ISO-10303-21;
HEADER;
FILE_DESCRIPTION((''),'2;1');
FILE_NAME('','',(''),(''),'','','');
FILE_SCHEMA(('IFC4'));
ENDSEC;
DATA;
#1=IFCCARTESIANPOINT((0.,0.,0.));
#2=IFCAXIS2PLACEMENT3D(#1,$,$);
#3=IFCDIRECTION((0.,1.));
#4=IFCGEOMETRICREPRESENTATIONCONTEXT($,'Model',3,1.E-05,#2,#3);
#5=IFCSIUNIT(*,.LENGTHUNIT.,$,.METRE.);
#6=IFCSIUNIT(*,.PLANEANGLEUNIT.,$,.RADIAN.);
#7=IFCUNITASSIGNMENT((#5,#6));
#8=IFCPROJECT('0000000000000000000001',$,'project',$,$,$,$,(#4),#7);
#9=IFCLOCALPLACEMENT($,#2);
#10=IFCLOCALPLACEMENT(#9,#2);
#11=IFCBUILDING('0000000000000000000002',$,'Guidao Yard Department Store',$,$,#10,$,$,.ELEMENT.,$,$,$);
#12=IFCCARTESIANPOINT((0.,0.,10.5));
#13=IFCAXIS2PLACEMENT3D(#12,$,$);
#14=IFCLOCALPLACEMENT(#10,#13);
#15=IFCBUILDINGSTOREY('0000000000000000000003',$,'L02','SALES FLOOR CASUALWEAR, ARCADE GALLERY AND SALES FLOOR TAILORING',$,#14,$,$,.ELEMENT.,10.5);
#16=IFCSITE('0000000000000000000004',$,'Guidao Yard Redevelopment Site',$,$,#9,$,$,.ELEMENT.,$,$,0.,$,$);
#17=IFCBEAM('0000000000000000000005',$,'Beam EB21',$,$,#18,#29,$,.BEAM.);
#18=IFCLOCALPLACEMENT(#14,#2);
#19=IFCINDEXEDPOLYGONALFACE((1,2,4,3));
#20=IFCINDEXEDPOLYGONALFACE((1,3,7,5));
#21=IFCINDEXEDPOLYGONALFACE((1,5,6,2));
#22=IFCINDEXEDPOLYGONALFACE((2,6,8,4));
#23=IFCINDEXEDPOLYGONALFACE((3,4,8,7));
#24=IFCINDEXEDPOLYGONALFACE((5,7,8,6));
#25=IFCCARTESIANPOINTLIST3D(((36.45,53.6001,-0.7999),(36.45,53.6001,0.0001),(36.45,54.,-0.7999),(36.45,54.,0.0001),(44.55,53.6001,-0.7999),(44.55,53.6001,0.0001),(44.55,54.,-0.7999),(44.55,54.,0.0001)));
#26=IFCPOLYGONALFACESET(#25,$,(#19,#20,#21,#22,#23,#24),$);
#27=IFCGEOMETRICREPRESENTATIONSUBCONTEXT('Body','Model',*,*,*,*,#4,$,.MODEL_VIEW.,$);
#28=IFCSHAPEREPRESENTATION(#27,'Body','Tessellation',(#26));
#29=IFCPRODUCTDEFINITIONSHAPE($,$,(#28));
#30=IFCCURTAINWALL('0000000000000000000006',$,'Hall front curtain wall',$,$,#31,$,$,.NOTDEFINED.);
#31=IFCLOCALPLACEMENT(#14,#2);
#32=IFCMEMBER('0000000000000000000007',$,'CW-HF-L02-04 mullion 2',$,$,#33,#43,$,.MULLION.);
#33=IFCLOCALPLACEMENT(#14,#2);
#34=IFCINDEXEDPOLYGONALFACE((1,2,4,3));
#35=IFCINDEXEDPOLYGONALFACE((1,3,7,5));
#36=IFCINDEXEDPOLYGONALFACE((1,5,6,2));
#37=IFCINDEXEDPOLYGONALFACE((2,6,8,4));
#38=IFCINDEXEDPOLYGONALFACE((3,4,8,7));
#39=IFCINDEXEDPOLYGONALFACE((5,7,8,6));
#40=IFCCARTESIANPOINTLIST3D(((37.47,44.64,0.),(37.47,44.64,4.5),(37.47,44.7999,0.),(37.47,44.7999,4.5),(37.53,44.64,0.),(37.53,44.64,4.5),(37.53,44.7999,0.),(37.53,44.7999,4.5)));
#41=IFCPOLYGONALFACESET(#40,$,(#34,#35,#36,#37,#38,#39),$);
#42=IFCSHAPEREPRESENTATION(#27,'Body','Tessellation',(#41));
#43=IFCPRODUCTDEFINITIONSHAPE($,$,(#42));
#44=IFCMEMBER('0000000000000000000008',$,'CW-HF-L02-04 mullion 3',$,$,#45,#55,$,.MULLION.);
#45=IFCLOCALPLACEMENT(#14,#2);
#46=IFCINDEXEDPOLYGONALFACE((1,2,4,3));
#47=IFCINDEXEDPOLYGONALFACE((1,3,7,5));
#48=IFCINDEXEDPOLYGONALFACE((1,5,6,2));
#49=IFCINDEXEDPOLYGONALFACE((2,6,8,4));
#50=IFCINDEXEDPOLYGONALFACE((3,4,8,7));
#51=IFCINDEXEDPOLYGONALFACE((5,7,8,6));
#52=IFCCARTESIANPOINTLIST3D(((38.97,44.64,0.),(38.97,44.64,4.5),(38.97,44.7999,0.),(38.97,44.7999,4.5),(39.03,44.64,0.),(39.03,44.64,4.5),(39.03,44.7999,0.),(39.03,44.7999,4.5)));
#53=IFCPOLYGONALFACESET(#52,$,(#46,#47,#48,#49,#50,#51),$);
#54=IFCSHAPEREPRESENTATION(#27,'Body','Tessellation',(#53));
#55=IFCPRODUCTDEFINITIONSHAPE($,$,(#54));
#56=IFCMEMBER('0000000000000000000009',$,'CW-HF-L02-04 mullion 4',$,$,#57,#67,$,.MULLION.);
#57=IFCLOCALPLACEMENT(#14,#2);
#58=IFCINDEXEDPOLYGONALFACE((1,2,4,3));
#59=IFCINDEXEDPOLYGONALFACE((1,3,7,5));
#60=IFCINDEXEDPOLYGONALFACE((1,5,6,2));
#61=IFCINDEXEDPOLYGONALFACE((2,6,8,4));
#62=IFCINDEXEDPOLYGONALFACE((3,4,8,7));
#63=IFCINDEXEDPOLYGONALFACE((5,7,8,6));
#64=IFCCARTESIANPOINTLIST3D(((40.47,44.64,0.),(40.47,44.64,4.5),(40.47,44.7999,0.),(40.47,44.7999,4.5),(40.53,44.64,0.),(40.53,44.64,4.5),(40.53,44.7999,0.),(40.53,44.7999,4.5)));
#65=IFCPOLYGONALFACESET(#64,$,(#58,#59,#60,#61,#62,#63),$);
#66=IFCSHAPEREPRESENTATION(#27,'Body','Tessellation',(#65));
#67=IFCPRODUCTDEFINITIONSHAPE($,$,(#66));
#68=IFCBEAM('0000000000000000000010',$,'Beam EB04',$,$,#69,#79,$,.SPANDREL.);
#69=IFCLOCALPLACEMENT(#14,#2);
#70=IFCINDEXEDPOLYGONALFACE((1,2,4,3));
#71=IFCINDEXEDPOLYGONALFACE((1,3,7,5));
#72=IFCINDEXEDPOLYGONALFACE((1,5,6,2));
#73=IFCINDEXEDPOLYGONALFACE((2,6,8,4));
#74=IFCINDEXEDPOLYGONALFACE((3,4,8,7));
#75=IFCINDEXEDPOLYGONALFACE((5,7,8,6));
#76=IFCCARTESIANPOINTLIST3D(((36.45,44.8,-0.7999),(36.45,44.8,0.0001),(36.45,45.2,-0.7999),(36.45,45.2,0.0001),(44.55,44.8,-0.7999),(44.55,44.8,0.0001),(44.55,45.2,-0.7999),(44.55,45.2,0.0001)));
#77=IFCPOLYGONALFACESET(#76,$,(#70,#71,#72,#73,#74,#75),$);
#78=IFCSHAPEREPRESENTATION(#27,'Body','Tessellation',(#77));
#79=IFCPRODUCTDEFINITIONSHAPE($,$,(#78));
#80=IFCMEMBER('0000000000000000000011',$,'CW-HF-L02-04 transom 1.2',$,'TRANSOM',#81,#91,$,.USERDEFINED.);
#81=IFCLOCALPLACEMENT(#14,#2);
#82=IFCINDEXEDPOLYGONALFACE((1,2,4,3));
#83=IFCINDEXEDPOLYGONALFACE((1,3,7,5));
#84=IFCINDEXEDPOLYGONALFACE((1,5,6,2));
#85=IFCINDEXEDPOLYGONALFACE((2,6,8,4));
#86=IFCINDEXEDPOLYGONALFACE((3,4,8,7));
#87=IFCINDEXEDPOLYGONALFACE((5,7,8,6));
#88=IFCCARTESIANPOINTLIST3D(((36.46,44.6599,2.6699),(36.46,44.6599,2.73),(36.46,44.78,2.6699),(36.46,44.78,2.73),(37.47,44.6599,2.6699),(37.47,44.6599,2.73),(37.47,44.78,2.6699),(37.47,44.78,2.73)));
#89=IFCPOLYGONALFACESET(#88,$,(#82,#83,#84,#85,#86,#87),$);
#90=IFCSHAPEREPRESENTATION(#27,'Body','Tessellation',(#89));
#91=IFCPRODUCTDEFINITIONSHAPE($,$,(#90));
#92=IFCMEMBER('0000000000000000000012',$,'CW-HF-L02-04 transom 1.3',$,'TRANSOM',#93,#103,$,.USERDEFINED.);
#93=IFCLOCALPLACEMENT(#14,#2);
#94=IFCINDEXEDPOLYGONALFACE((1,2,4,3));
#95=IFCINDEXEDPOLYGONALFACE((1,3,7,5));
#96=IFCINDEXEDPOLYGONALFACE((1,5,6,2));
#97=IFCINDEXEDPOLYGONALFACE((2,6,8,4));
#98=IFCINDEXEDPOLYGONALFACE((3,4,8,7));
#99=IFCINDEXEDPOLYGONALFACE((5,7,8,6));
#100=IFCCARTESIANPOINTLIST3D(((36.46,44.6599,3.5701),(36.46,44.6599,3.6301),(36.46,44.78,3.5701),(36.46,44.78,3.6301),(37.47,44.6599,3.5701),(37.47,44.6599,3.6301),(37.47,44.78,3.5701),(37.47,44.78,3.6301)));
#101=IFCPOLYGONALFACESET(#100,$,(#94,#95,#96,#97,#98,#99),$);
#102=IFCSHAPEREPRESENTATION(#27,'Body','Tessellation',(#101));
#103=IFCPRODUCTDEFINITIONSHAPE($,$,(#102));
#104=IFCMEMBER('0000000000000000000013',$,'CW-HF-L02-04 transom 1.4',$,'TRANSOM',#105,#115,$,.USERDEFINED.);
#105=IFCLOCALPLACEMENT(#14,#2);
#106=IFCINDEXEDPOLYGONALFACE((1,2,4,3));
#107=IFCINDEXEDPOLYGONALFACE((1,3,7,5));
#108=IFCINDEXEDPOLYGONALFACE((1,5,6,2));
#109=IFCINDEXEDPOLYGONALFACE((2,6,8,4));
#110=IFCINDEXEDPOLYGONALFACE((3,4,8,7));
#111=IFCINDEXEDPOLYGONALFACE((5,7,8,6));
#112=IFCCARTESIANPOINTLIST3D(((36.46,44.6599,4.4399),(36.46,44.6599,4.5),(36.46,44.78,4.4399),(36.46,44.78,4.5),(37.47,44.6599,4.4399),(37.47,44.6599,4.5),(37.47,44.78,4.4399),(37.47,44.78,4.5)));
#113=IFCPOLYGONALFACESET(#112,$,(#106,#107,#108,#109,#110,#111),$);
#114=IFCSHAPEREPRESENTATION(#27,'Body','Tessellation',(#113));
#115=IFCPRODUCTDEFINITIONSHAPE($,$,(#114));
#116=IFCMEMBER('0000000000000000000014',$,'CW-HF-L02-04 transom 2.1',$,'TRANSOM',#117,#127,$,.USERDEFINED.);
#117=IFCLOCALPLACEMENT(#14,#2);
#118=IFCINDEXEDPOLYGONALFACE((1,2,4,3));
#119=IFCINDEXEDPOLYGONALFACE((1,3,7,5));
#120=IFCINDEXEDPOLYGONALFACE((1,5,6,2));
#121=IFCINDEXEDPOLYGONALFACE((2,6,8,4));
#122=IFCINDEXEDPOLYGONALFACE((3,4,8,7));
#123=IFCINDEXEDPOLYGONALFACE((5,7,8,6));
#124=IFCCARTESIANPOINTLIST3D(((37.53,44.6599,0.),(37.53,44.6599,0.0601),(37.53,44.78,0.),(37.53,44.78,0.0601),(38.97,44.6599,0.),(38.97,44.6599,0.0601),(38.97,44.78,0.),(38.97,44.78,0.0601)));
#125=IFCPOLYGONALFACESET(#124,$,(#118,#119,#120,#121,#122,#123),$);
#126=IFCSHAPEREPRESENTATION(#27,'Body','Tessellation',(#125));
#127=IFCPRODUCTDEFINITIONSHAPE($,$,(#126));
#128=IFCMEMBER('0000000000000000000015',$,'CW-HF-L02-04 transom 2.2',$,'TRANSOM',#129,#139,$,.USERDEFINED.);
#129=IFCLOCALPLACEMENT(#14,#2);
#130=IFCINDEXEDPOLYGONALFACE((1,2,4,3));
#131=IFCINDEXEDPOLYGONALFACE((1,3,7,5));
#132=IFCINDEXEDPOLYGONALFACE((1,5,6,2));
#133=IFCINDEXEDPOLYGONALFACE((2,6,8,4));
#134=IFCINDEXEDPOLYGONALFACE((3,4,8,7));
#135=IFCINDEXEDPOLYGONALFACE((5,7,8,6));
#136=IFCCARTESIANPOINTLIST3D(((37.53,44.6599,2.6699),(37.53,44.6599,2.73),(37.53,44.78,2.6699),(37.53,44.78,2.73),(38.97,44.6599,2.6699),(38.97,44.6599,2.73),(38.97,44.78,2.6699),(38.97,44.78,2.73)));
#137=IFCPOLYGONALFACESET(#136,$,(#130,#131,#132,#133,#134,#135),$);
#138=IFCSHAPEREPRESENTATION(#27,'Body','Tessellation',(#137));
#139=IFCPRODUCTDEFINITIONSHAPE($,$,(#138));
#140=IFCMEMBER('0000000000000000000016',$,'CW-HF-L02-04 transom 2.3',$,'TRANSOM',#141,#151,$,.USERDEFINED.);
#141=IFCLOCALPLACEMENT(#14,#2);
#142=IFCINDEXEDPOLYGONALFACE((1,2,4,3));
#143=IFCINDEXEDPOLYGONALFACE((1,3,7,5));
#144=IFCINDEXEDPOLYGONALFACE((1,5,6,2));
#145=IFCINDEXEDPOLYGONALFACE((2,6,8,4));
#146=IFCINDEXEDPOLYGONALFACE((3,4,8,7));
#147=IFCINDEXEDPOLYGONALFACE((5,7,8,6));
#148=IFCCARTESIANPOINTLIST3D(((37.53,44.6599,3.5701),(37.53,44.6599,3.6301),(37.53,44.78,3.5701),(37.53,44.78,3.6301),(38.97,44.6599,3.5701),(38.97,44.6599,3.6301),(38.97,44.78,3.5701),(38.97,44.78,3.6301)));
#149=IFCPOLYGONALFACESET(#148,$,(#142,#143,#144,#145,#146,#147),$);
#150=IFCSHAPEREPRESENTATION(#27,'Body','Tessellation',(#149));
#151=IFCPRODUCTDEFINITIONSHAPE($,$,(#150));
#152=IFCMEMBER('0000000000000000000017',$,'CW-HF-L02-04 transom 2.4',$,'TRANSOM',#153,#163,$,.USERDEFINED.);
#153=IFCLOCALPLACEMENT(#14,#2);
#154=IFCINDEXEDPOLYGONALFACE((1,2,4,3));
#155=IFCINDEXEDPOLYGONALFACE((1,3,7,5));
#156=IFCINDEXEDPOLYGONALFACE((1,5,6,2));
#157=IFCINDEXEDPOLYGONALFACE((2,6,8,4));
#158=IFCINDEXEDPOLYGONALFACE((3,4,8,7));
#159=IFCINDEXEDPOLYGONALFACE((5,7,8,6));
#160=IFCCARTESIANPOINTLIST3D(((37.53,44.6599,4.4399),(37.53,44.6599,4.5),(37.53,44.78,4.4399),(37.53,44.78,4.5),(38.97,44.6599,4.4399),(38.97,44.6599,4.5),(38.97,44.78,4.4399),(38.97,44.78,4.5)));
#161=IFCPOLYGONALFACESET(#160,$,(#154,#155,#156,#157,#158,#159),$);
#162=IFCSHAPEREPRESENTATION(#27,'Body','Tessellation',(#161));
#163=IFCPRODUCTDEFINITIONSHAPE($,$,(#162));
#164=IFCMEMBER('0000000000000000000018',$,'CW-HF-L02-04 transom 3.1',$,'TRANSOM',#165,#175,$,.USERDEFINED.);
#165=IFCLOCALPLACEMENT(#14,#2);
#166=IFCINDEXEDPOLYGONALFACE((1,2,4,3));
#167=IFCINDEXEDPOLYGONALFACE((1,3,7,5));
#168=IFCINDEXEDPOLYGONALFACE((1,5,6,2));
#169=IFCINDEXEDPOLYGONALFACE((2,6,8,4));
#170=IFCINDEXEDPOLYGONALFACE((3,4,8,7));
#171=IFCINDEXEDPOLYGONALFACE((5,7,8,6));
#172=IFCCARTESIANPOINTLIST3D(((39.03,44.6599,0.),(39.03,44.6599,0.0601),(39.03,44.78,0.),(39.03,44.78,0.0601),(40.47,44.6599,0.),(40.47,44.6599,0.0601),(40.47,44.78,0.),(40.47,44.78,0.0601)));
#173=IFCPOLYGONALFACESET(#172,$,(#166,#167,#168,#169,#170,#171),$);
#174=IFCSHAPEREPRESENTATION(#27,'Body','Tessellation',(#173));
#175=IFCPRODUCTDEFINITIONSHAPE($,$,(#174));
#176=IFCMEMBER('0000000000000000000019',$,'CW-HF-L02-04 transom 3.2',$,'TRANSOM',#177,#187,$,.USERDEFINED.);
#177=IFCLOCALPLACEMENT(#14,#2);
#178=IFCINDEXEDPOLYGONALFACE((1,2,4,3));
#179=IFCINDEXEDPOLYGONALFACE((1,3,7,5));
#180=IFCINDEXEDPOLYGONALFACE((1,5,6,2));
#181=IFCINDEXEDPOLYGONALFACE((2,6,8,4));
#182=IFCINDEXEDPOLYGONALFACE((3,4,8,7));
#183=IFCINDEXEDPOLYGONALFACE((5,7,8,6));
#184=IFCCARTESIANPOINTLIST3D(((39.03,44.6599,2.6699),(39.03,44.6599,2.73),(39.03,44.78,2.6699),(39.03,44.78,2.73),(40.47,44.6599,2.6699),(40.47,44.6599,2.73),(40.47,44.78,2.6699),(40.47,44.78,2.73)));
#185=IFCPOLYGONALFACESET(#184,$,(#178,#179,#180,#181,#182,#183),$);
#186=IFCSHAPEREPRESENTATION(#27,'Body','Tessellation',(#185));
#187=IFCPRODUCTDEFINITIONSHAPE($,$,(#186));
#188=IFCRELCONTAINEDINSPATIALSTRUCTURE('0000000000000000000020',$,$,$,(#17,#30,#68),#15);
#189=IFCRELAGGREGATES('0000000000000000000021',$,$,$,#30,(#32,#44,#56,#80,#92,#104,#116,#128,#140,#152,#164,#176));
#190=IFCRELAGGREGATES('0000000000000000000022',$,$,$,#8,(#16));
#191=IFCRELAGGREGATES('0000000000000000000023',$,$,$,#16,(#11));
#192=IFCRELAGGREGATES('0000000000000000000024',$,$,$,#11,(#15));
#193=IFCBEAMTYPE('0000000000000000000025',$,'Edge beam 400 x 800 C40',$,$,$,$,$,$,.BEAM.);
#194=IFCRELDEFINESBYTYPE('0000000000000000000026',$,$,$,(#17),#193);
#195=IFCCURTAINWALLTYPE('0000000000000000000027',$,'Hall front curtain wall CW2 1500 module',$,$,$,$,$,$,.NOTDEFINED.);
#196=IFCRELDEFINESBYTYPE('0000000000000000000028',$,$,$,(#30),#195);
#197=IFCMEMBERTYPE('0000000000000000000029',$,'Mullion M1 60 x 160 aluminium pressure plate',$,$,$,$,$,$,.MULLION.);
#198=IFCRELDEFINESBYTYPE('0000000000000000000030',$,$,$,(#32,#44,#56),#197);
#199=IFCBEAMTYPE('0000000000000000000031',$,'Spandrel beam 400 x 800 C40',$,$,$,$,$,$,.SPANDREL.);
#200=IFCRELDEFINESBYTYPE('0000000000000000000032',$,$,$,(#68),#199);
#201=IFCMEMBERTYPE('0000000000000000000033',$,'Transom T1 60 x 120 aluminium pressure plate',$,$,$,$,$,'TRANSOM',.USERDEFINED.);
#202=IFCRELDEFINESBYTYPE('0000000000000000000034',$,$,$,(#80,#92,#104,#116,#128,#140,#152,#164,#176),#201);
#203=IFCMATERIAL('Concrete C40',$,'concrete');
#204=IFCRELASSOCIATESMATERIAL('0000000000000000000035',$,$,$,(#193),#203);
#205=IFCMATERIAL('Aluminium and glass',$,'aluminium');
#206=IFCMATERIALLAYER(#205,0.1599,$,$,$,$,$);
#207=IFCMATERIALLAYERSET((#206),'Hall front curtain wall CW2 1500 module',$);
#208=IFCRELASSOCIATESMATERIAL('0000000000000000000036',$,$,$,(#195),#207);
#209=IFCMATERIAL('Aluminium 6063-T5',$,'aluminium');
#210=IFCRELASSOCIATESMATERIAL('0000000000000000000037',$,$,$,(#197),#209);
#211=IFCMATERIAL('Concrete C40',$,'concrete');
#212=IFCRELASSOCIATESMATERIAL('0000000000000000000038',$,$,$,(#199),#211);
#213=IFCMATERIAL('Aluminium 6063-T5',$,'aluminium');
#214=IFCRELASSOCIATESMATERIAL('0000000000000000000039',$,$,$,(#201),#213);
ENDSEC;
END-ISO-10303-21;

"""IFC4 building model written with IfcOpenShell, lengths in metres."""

from ifc_helpers import new_model, si_unit, direction, frame, origin, origin_2d, place, context, subcontext, project, spatial, rectangle, extrude, material, layer, layer_set, material_profile, profile_set, type_object, element, aggregate, save


model = new_model("IFC4")

# Units and contexts
model_context = context("Model", 3, precision=1e-05, world=origin(), true_north=direction((0.0, 1.0)))
body_context = subcontext(model_context, "Body", "Model", "MODEL_VIEW")
ifc_project = project(units=[si_unit("LENGTHUNIT", "METRE"), si_unit("PLANEANGLEUNIT", "RADIAN")], contexts=[model_context])

# Site, building, storey
site_placement = place(None, origin())
site = spatial("IfcSite", under=ifc_project, at=site_placement, Name="Guidao Yard Redevelopment Site", CompositionType="ELEMENT", RefElevation=0.0)
building_placement = place(site_placement, origin())
building = spatial("IfcBuilding", under=site, at=building_placement, Name="Guidao Yard Department Store", CompositionType="ELEMENT")
storey_placement = place(building_placement, frame((0.0, 0.0, 10.5)))
storey = spatial("IfcBuildingStorey", under=building, at=storey_placement, Name="L02", Description="SALES FLOOR CASUALWEAR, ARCADE GALLERY AND SALES FLOOR TAILORING", CompositionType="ELEMENT", Elevation=10.5)

# Beam
ifc_material_1 = material(Name="Concrete C40", Category="concrete")
ifc_material_profile_1 = material_profile(ifc_material_1, rectangle(XDim=0.3999, YDim=0.8, at=origin_2d()), Name="Edge beam 400 x 800 C40")
ifc_profile_set_1 = profile_set([ifc_material_profile_1], Name="Concrete C40")
beam_type_1 = type_object("IfcBeamType", Name="Edge beam 400 x 800 C40", PredefinedType="BEAM", material=ifc_profile_set_1)
beam_1_placement = place(storey_placement, frame((36.45, 53.8, -0.3999), z_axis=(1.0, 0.0, 0.0), x_axis=(0.0, 1.0, 0.0)))
element("IfcBeam", 1, at=beam_1_placement, inside=storey, type_object=beam_type_1, Name="Beam EB21", PredefinedType="BEAM", context=body_context, shape_type="SweptSolid", body=[
    extrude(rectangle(XDim=0.3999, YDim=0.8, at=origin_2d()), origin(), (0.0, 0.0, 1.0), 8.1001),
])

# Curtain wall, members
ifc_material_2 = material(Name="Aluminium and glass", Category="aluminium")
ifc_layer_1 = layer(ifc_material_2, 0.1599)
ifc_layer_set_1 = layer_set([ifc_layer_1], Name="Hall front curtain wall CW2 1500 module")
curtain_wall_type = type_object("IfcCurtainWallType", Name="Hall front curtain wall CW2 1500 module", PredefinedType="NOTDEFINED", material=ifc_layer_set_1)
curtain_wall_placement = place(storey_placement, origin())
curtain_wall = element("IfcCurtainWall", 2, at=curtain_wall_placement, inside=storey, type_object=curtain_wall_type, Name="Hall front curtain wall", PredefinedType="NOTDEFINED")
ifc_material_3 = material(Name="Aluminium 6063-T5", Category="aluminium")
ifc_material_profile_2 = material_profile(ifc_material_3, rectangle(XDim=0.0601, YDim=0.1599, at=origin_2d()), Name="Mullion M1 60 x 160 aluminium pressure plate")
ifc_profile_set_2 = profile_set([ifc_material_profile_2], Name="Aluminium 6063-T5")
member_type_1 = type_object("IfcMemberType", Name="Mullion M1 60 x 160 aluminium pressure plate", PredefinedType="MULLION", material=ifc_profile_set_2)
member_1_placement = place(storey_placement, frame((37.5, 44.72, 0.0), z_axis=(0.0, 0.0, 1.0), x_axis=(-1.0, 0.0, 0.0)))
member_1 = element("IfcMember", 3, at=member_1_placement, type_object=member_type_1, Name="CW-HF-L02-04 mullion 2", PredefinedType="MULLION", context=body_context, shape_type="SweptSolid", body=[
    extrude(rectangle(XDim=0.0601, YDim=0.1599, at=origin_2d()), origin(), (0.0, 0.0, 1.0), 4.5),
])
member_2_placement = place(storey_placement, frame((39.0, 44.72, 0.0), z_axis=(0.0, 0.0, 1.0), x_axis=(-1.0, 0.0, 0.0)))
member_2 = element("IfcMember", 4, at=member_2_placement, type_object=member_type_1, Name="CW-HF-L02-04 mullion 3", PredefinedType="MULLION", context=body_context, shape_type="SweptSolid", body=[
    extrude(rectangle(XDim=0.0601, YDim=0.1599, at=origin_2d()), origin(), (0.0, 0.0, 1.0), 4.5),
])
member_3_placement = place(storey_placement, frame((40.5, 44.72, 0.0), z_axis=(0.0, 0.0, 1.0), x_axis=(-1.0, 0.0, 0.0)))
member_3 = element("IfcMember", 5, at=member_3_placement, type_object=member_type_1, Name="CW-HF-L02-04 mullion 4", PredefinedType="MULLION", context=body_context, shape_type="SweptSolid", body=[
    extrude(rectangle(XDim=0.0601, YDim=0.1599, at=origin_2d()), origin(), (0.0, 0.0, 1.0), 4.5),
])

# Beam
ifc_material_4 = material(Name="Concrete C40", Category="concrete")
ifc_material_profile_3 = material_profile(ifc_material_4, rectangle(XDim=0.3999, YDim=0.8, at=origin_2d()), Name="Spandrel beam 400 x 800 C40")
ifc_profile_set_3 = profile_set([ifc_material_profile_3], Name="Concrete C40")
beam_type_2 = type_object("IfcBeamType", Name="Spandrel beam 400 x 800 C40", PredefinedType="SPANDREL", material=ifc_profile_set_3)
beam_2_placement = place(storey_placement, frame((36.45, 45.0, -0.3999), z_axis=(1.0, 0.0, 0.0), x_axis=(0.0, 1.0, 0.0)))
element("IfcBeam", 6, at=beam_2_placement, inside=storey, type_object=beam_type_2, Name="Beam EB04", PredefinedType="SPANDREL", context=body_context, shape_type="SweptSolid", body=[
    extrude(rectangle(XDim=0.3999, YDim=0.8, at=origin_2d()), origin(), (0.0, 0.0, 1.0), 8.1001),
])

# Members
ifc_material_5 = material(Name="Aluminium 6063-T5", Category="aluminium")
ifc_material_profile_4 = material_profile(ifc_material_5, rectangle(XDim=0.1201, YDim=0.0601, at=origin_2d()), Name="Transom T1 60 x 120 aluminium pressure plate")
ifc_profile_set_4 = profile_set([ifc_material_profile_4], Name="Aluminium 6063-T5")
member_type_2 = type_object("IfcMemberType", Name="Transom T1 60 x 120 aluminium pressure plate", ElementType="TRANSOM", PredefinedType="USERDEFINED", material=ifc_profile_set_4)
member_4_placement = place(storey_placement, frame((37.47, 44.72, 2.7), z_axis=(-1.0, 0.0, 0.0), x_axis=(0.0, -1.0, 0.0)))
member_4 = element("IfcMember", 7, at=member_4_placement, type_object=member_type_2, Name="CW-HF-L02-04 transom 1.2", ObjectType="TRANSOM", PredefinedType="USERDEFINED", context=body_context, shape_type="SweptSolid", body=[
    extrude(rectangle(XDim=0.1201, YDim=0.0601, at=origin_2d()), origin(), (0.0, 0.0, 1.0), 1.01),
])
member_5_placement = place(storey_placement, frame((37.47, 44.72, 3.6001), z_axis=(-1.0, 0.0, 0.0), x_axis=(0.0, -1.0, 0.0)))
member_5 = element("IfcMember", 8, at=member_5_placement, type_object=member_type_2, Name="CW-HF-L02-04 transom 1.3", ObjectType="TRANSOM", PredefinedType="USERDEFINED", context=body_context, shape_type="SweptSolid", body=[
    extrude(rectangle(XDim=0.1201, YDim=0.0601, at=origin_2d()), origin(), (0.0, 0.0, 1.0), 1.01),
])
member_6_placement = place(storey_placement, frame((37.47, 44.72, 4.47), z_axis=(-1.0, 0.0, 0.0), x_axis=(0.0, -1.0, 0.0)))
member_6 = element("IfcMember", 9, at=member_6_placement, type_object=member_type_2, Name="CW-HF-L02-04 transom 1.4", ObjectType="TRANSOM", PredefinedType="USERDEFINED", context=body_context, shape_type="SweptSolid", body=[
    extrude(rectangle(XDim=0.1201, YDim=0.0601, at=origin_2d()), origin(), (0.0, 0.0, 1.0), 1.01),
])
member_7_placement = place(storey_placement, frame((38.97, 44.72, 0.03), z_axis=(-1.0, 0.0, 0.0), x_axis=(0.0, -1.0, 0.0)))
member_7 = element("IfcMember", 10, at=member_7_placement, type_object=member_type_2, Name="CW-HF-L02-04 transom 2.1", ObjectType="TRANSOM", PredefinedType="USERDEFINED", context=body_context, shape_type="SweptSolid", body=[
    extrude(rectangle(XDim=0.1201, YDim=0.0601, at=origin_2d()), origin(), (0.0, 0.0, 1.0), 1.4399),
])
member_8_placement = place(storey_placement, frame((38.97, 44.72, 2.7), z_axis=(-1.0, 0.0, 0.0), x_axis=(0.0, -1.0, 0.0)))
member_8 = element("IfcMember", 11, at=member_8_placement, type_object=member_type_2, Name="CW-HF-L02-04 transom 2.2", ObjectType="TRANSOM", PredefinedType="USERDEFINED", context=body_context, shape_type="SweptSolid", body=[
    extrude(rectangle(XDim=0.1201, YDim=0.0601, at=origin_2d()), origin(), (0.0, 0.0, 1.0), 1.4399),
])
member_9_placement = place(storey_placement, frame((38.97, 44.72, 3.6001), z_axis=(-1.0, 0.0, 0.0), x_axis=(0.0, -1.0, 0.0)))
member_9 = element("IfcMember", 12, at=member_9_placement, type_object=member_type_2, Name="CW-HF-L02-04 transom 2.3", ObjectType="TRANSOM", PredefinedType="USERDEFINED", context=body_context, shape_type="SweptSolid", body=[
    extrude(rectangle(XDim=0.1201, YDim=0.0601, at=origin_2d()), origin(), (0.0, 0.0, 1.0), 1.4399),
])
member_10_placement = place(storey_placement, frame((38.97, 44.72, 4.47), z_axis=(-1.0, 0.0, 0.0), x_axis=(0.0, -1.0, 0.0)))
member_10 = element("IfcMember", 13, at=member_10_placement, type_object=member_type_2, Name="CW-HF-L02-04 transom 2.4", ObjectType="TRANSOM", PredefinedType="USERDEFINED", context=body_context, shape_type="SweptSolid", body=[
    extrude(rectangle(XDim=0.1201, YDim=0.0601, at=origin_2d()), origin(), (0.0, 0.0, 1.0), 1.4399),
])
member_11_placement = place(storey_placement, frame((40.47, 44.72, 0.03), z_axis=(-1.0, 0.0, 0.0), x_axis=(0.0, -1.0, 0.0)))
member_11 = element("IfcMember", 14, at=member_11_placement, type_object=member_type_2, Name="CW-HF-L02-04 transom 3.1", ObjectType="TRANSOM", PredefinedType="USERDEFINED", context=body_context, shape_type="SweptSolid", body=[
    extrude(rectangle(XDim=0.1201, YDim=0.0601, at=origin_2d()), origin(), (0.0, 0.0, 1.0), 1.4399),
])
member_12_placement = place(storey_placement, frame((40.47, 44.72, 2.7), z_axis=(-1.0, 0.0, 0.0), x_axis=(0.0, -1.0, 0.0)))
member_12 = element("IfcMember", 15, at=member_12_placement, type_object=member_type_2, Name="CW-HF-L02-04 transom 3.2", ObjectType="TRANSOM", PredefinedType="USERDEFINED", context=body_context, shape_type="SweptSolid", body=[
    extrude(rectangle(XDim=0.1201, YDim=0.0601, at=origin_2d()), origin(), (0.0, 0.0, 1.0), 1.4399),
])

aggregate(curtain_wall, [member_1, member_2, member_3, member_4, member_5, member_6, member_7, member_8, member_9, member_10, member_11, member_12])

save(model, "model.ifc")
